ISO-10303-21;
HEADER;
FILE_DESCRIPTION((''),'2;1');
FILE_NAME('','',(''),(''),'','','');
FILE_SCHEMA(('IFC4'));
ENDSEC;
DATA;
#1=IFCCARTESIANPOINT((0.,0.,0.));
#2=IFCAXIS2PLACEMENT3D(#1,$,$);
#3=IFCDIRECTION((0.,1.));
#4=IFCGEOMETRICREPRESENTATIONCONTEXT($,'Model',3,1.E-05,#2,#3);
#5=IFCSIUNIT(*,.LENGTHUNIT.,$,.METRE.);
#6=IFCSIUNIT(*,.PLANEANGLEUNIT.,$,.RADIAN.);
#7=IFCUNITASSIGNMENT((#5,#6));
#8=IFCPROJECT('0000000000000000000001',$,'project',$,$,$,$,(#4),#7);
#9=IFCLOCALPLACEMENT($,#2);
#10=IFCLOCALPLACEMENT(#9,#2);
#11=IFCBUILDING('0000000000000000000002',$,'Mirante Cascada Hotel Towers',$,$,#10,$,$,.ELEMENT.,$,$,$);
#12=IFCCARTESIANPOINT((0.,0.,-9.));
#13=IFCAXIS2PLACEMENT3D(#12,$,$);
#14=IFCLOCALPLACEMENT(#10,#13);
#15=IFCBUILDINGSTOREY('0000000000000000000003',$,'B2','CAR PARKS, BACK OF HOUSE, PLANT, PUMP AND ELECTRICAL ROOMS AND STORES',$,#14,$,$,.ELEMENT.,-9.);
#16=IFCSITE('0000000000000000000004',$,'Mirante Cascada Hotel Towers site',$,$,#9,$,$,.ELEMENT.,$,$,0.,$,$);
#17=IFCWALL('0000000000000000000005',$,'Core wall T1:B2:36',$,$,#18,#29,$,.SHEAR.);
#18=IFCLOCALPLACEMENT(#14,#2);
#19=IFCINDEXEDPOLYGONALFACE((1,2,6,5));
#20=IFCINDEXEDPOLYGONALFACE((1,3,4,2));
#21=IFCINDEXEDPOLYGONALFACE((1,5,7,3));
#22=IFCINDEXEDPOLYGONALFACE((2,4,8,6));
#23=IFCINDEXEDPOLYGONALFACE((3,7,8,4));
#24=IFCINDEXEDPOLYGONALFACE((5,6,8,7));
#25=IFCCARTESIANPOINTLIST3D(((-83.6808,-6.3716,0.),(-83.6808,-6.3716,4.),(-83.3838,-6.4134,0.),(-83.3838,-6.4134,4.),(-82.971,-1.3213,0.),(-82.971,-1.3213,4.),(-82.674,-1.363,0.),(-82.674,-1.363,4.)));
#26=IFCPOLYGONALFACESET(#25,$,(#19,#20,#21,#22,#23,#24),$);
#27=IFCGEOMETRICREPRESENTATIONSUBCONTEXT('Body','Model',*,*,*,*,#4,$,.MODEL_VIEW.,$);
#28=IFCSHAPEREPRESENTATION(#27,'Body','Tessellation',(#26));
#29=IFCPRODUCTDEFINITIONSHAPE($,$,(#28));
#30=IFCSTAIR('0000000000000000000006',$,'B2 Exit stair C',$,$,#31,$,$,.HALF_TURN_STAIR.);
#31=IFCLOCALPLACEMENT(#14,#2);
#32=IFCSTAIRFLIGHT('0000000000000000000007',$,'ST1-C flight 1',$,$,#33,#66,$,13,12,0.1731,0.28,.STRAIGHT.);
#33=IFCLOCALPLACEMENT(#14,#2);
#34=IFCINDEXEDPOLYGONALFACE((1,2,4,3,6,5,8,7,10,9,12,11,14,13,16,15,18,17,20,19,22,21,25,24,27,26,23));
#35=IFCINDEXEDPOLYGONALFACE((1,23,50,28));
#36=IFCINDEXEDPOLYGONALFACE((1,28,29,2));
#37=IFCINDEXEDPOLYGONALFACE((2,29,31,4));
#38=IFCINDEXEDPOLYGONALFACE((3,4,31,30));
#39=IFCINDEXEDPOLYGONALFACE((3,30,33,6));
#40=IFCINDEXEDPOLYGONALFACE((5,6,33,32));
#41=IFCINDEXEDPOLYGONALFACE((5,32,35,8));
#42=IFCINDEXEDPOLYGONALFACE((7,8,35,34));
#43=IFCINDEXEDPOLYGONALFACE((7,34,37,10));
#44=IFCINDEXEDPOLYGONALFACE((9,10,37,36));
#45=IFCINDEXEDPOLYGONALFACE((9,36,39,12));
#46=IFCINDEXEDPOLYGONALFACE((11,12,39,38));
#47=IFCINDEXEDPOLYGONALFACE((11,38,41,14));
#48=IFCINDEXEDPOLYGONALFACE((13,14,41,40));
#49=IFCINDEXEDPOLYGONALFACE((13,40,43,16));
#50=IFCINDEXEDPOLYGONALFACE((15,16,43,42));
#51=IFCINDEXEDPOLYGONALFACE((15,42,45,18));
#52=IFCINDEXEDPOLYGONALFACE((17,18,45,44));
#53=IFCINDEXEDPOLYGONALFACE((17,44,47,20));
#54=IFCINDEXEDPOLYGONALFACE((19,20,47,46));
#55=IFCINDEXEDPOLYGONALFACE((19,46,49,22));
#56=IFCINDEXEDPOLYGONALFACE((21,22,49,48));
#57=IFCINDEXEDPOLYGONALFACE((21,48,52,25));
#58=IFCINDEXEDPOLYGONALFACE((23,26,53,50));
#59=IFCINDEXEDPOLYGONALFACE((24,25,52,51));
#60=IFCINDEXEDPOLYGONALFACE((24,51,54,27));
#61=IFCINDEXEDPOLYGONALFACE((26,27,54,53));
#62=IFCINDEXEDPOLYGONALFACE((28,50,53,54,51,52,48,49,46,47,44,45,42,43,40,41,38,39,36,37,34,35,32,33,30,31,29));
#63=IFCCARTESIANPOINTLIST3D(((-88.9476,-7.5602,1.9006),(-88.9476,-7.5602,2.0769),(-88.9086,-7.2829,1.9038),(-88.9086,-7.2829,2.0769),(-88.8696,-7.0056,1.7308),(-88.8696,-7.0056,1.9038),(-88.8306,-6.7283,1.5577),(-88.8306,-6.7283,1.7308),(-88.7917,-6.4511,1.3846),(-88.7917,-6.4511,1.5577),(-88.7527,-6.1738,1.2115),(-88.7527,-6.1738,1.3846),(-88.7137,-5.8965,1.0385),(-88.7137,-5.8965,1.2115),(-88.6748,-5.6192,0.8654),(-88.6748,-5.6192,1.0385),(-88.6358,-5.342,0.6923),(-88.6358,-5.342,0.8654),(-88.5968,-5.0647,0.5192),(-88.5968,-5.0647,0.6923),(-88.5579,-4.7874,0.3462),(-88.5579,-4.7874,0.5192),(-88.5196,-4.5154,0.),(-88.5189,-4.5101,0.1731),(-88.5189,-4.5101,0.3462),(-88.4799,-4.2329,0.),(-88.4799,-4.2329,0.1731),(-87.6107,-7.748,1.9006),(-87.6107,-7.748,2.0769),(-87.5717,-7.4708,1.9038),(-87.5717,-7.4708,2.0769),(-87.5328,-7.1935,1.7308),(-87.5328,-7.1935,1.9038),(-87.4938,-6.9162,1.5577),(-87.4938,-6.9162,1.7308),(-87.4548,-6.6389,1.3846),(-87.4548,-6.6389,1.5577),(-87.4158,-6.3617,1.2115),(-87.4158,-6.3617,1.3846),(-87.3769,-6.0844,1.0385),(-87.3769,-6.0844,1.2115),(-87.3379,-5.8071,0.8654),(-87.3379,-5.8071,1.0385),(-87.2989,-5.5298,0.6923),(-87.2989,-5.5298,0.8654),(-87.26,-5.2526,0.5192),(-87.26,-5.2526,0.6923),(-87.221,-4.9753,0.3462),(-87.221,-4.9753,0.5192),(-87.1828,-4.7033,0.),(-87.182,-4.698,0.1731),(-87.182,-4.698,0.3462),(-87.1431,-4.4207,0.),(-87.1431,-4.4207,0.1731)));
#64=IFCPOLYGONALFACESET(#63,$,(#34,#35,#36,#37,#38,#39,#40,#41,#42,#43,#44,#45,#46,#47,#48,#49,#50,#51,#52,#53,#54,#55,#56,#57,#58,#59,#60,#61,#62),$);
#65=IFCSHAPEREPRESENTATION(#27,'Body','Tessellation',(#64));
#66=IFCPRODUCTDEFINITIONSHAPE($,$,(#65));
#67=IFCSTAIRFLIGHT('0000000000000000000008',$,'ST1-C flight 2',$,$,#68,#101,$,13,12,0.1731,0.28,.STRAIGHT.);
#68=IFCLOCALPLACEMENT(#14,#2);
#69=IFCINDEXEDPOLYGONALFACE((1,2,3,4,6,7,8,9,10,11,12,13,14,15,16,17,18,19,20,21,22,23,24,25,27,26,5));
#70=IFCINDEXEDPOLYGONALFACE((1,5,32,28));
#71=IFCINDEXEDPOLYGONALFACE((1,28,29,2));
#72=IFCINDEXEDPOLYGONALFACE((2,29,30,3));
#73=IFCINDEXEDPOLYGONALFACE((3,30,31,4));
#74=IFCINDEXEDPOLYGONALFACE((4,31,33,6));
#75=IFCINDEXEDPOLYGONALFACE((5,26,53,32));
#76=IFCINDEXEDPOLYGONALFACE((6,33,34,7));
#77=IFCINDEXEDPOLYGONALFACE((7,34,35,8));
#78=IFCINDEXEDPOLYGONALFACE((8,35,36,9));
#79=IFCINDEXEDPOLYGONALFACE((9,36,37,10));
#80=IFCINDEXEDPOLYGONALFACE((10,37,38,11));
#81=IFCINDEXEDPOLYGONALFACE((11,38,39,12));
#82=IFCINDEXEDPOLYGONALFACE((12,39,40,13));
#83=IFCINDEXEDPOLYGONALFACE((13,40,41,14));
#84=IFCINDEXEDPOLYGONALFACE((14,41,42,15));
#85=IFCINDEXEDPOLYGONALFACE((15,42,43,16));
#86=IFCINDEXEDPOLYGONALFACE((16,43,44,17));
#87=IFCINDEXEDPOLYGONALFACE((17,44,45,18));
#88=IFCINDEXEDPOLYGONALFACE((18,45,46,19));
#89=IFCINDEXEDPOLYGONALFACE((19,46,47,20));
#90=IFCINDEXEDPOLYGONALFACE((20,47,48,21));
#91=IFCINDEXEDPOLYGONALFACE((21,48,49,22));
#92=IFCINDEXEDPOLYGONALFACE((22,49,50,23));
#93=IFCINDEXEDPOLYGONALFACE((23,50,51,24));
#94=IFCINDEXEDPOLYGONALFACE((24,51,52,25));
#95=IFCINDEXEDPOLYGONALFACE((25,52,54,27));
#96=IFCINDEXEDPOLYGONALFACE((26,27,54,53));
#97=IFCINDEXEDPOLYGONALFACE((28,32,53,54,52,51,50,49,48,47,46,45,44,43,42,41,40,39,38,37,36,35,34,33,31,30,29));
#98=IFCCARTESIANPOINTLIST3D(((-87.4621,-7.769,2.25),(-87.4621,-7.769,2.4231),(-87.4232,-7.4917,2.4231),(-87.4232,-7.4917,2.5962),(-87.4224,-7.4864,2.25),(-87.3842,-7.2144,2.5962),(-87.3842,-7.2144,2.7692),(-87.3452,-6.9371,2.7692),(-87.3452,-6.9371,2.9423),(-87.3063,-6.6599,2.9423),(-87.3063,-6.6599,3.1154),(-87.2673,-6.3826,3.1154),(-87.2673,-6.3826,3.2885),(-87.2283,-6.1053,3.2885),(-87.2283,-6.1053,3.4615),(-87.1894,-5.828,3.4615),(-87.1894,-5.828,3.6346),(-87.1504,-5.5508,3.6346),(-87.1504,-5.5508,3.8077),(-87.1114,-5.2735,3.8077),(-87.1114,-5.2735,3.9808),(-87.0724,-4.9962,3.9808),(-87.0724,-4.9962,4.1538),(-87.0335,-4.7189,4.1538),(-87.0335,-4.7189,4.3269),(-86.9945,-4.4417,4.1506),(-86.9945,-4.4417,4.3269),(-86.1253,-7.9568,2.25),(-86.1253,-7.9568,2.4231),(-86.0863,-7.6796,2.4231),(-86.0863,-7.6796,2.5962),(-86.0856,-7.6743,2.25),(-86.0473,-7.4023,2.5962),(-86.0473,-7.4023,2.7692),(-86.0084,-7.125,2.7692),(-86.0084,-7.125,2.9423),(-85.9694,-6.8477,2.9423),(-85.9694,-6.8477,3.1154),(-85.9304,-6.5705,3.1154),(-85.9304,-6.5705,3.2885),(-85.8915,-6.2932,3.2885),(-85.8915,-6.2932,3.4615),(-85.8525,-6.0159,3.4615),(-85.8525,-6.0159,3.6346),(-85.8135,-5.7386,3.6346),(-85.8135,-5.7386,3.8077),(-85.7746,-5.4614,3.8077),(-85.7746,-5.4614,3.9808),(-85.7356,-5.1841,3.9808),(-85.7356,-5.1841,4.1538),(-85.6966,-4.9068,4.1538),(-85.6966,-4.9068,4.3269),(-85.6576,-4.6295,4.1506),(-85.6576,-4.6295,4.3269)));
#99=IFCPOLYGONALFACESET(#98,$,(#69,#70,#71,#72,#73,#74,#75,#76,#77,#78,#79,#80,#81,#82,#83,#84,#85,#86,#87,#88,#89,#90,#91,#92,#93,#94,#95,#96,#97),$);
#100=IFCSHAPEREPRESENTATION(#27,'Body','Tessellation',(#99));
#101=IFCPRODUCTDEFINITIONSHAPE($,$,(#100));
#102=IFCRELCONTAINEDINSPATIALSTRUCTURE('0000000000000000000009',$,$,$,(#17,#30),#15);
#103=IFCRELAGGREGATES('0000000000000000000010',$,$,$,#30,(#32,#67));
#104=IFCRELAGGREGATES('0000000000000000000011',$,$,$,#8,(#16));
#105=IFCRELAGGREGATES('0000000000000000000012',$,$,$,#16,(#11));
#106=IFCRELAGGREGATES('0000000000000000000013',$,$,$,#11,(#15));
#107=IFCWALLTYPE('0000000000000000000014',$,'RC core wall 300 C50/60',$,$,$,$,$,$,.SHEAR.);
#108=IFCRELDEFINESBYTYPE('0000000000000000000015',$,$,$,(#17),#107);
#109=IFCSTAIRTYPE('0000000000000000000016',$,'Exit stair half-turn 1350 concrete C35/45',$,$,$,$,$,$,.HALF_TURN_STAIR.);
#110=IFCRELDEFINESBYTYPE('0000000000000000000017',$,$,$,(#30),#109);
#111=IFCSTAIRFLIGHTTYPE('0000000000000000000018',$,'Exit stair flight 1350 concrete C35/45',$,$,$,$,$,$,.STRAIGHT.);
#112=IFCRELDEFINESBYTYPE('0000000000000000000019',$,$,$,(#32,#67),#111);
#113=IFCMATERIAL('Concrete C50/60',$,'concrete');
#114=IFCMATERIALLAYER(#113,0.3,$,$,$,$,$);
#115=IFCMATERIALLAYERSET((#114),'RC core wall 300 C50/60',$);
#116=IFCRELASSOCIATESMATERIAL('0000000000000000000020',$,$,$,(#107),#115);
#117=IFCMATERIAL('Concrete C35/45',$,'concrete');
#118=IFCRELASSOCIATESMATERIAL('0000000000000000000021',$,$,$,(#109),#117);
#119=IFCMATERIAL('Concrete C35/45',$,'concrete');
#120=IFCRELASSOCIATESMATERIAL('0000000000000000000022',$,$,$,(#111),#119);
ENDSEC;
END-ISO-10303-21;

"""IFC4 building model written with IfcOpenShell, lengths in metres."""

from ifc_helpers import new_model, si_unit, direction, frame, frame_2d, origin, place, context, subcontext, project, spatial, polyline, rectangle, outline, extrude, material, layer, layer_set, type_object, element, aggregate, save


model = new_model("IFC4")

# Units and contexts
model_context = context("Model", 3, precision=1e-05, world=origin(), true_north=direction((0.0, 1.0)))
body_context = subcontext(model_context, "Body", "Model", "MODEL_VIEW")
ifc_project = project(units=[si_unit("LENGTHUNIT", "METRE"), si_unit("PLANEANGLEUNIT", "RADIAN")], contexts=[model_context])

# Site, building, storey
site_placement = place(None, origin())
site = spatial("IfcSite", under=ifc_project, at=site_placement, Name="Mirante Cascada Hotel Towers site", CompositionType="ELEMENT", RefElevation=0.0)
building_placement = place(site_placement, origin())
building = spatial("IfcBuilding", under=site, at=building_placement, Name="Mirante Cascada Hotel Towers", CompositionType="ELEMENT")
storey_placement = place(building_placement, frame((0.0, 0.0, -9.0)))
storey = spatial("IfcBuildingStorey", under=building, at=storey_placement, Name="B2", Description="CAR PARKS, BACK OF HOUSE, PLANT, PUMP AND ELECTRICAL ROOMS AND STORES", CompositionType="ELEMENT", Elevation=-9.0)

# Shared definitions
ifc_material_1 = material(Name="Concrete C50/60", Category="concrete")
ifc_layer = layer(ifc_material_1, 0.3)
ifc_layer_set = layer_set([ifc_layer], Name="RC core wall 300 C50/60")
wall_type = type_object("IfcWallType", Name="RC core wall 300 C50/60", PredefinedType="SHEAR", material=ifc_layer_set)

# Wall
wall_1_placement = place(storey_placement, frame((-83.5323, -6.3925, 0.0), z_axis=(0.0, 0.0, 1.0), x_axis=(0.139176, 0.990268, 0.0)))
element("IfcWall", 1, at=wall_1_placement, inside=storey, type_object=wall_type, Name="Core wall T1:B2:36", PredefinedType="SHEAR", context=body_context, shape_type="SweptSolid", body=[
    extrude(rectangle(XDim=5.1, YDim=0.3, at=frame_2d((2.55, 0.0))), origin(), (0.0, 0.0, 1.0), 4.0),
])

# Stair, stair flights
ifc_material_2 = material(Name="Concrete C35/45", Category="concrete")
stair_type = type_object("IfcStairType", Name="Exit stair half-turn 1350 concrete C35/45", PredefinedType="HALF_TURN_STAIR", material=ifc_material_2)
stair_placement = place(storey_placement, origin())
stair = element("IfcStair", 2, at=stair_placement, inside=storey, type_object=stair_type, Name="B2 Exit stair C", PredefinedType="HALF_TURN_STAIR")
ifc_material_3 = material(Name="Concrete C35/45", Category="concrete")
stair_flight_type = type_object("IfcStairFlightType", Name="Exit stair flight 1350 concrete C35/45", PredefinedType="STRAIGHT", material=ifc_material_3)
stair_flight_1_placement = place(storey_placement, frame((-87.8115, -4.3268, 0.0), z_axis=(0.0, 0.0, 1.0), x_axis=(-0.139173, -0.990268, 0.0)))
stair_flight_1 = element("IfcStairFlight", 3, at=stair_flight_1_placement, type_object=stair_flight_type, Name="ST1-C flight 1", NumberOfRisers=13, NumberOfTreads=12, PredefinedType="STRAIGHT", RiserHeight=0.1731, TreadLength=0.28, context=body_context, shape_type="SweptSolid", body=[
    extrude(outline(polyline([(0.0, 0.0), (0.0, 0.1731), (0.28, 0.1731), (0.28, 0.3462), (0.56, 0.3462), (0.56, 0.5192), (0.84, 0.5192), (0.84, 0.6923), (1.12, 0.6923), (1.12, 0.8654), (1.4, 0.8654), (1.4, 1.0385), (1.68, 1.0385), (1.68, 1.2115), (1.96, 1.2115), (1.96, 1.3846), (2.24, 1.3846), (2.24, 1.5577), (2.52, 1.5577), (2.52, 1.7308), (2.8, 1.7308), (2.8, 1.9038), (3.08, 1.9038), (3.08, 2.0769), (3.36, 2.0769), (3.36, 2.25), (3.36, 1.9006), (0.2853, 0.0), (0.0, 0.0)])), frame((0.0, 0.675, 0.0), z_axis=(0.0, -1.0, 0.0), x_axis=(1.0, 0.0, 0.0)), (0.0, 0.0, 1.0), 1.35),
])
stair_flight_2_placement = place(storey_placement, frame((-86.7937, -7.8629, 2.25), z_axis=(0.0, 0.0, 1.0), x_axis=(0.139173, 0.990268, 0.0)))
stair_flight_2 = element("IfcStairFlight", 4, at=stair_flight_2_placement, type_object=stair_flight_type, Name="ST1-C flight 2", NumberOfRisers=13, NumberOfTreads=12, PredefinedType="STRAIGHT", RiserHeight=0.1731, TreadLength=0.28, context=body_context, shape_type="SweptSolid", body=[
    extrude(outline(polyline([(0.0, 0.0), (0.0, 0.1731), (0.28, 0.1731), (0.28, 0.3462), (0.56, 0.3462), (0.56, 0.5192), (0.84, 0.5192), (0.84, 0.6923), (1.12, 0.6923), (1.12, 0.8654), (1.4, 0.8654), (1.4, 1.0385), (1.68, 1.0385), (1.68, 1.2115), (1.96, 1.2115), (1.96, 1.3846), (2.24, 1.3846), (2.24, 1.5577), (2.52, 1.5577), (2.52, 1.7308), (2.8, 1.7308), (2.8, 1.9038), (3.08, 1.9038), (3.08, 2.0769), (3.36, 2.0769), (3.36, 2.25), (3.36, 1.9006), (0.2853, 0.0), (0.0, 0.0)])), frame((0.0, 0.675, 0.0), z_axis=(0.0, -1.0, 0.0), x_axis=(1.0, 0.0, 0.0)), (0.0, 0.0, 1.0), 1.35),
])
aggregate(stair, [stair_flight_1, stair_flight_2])

save(model, "model.ifc")
